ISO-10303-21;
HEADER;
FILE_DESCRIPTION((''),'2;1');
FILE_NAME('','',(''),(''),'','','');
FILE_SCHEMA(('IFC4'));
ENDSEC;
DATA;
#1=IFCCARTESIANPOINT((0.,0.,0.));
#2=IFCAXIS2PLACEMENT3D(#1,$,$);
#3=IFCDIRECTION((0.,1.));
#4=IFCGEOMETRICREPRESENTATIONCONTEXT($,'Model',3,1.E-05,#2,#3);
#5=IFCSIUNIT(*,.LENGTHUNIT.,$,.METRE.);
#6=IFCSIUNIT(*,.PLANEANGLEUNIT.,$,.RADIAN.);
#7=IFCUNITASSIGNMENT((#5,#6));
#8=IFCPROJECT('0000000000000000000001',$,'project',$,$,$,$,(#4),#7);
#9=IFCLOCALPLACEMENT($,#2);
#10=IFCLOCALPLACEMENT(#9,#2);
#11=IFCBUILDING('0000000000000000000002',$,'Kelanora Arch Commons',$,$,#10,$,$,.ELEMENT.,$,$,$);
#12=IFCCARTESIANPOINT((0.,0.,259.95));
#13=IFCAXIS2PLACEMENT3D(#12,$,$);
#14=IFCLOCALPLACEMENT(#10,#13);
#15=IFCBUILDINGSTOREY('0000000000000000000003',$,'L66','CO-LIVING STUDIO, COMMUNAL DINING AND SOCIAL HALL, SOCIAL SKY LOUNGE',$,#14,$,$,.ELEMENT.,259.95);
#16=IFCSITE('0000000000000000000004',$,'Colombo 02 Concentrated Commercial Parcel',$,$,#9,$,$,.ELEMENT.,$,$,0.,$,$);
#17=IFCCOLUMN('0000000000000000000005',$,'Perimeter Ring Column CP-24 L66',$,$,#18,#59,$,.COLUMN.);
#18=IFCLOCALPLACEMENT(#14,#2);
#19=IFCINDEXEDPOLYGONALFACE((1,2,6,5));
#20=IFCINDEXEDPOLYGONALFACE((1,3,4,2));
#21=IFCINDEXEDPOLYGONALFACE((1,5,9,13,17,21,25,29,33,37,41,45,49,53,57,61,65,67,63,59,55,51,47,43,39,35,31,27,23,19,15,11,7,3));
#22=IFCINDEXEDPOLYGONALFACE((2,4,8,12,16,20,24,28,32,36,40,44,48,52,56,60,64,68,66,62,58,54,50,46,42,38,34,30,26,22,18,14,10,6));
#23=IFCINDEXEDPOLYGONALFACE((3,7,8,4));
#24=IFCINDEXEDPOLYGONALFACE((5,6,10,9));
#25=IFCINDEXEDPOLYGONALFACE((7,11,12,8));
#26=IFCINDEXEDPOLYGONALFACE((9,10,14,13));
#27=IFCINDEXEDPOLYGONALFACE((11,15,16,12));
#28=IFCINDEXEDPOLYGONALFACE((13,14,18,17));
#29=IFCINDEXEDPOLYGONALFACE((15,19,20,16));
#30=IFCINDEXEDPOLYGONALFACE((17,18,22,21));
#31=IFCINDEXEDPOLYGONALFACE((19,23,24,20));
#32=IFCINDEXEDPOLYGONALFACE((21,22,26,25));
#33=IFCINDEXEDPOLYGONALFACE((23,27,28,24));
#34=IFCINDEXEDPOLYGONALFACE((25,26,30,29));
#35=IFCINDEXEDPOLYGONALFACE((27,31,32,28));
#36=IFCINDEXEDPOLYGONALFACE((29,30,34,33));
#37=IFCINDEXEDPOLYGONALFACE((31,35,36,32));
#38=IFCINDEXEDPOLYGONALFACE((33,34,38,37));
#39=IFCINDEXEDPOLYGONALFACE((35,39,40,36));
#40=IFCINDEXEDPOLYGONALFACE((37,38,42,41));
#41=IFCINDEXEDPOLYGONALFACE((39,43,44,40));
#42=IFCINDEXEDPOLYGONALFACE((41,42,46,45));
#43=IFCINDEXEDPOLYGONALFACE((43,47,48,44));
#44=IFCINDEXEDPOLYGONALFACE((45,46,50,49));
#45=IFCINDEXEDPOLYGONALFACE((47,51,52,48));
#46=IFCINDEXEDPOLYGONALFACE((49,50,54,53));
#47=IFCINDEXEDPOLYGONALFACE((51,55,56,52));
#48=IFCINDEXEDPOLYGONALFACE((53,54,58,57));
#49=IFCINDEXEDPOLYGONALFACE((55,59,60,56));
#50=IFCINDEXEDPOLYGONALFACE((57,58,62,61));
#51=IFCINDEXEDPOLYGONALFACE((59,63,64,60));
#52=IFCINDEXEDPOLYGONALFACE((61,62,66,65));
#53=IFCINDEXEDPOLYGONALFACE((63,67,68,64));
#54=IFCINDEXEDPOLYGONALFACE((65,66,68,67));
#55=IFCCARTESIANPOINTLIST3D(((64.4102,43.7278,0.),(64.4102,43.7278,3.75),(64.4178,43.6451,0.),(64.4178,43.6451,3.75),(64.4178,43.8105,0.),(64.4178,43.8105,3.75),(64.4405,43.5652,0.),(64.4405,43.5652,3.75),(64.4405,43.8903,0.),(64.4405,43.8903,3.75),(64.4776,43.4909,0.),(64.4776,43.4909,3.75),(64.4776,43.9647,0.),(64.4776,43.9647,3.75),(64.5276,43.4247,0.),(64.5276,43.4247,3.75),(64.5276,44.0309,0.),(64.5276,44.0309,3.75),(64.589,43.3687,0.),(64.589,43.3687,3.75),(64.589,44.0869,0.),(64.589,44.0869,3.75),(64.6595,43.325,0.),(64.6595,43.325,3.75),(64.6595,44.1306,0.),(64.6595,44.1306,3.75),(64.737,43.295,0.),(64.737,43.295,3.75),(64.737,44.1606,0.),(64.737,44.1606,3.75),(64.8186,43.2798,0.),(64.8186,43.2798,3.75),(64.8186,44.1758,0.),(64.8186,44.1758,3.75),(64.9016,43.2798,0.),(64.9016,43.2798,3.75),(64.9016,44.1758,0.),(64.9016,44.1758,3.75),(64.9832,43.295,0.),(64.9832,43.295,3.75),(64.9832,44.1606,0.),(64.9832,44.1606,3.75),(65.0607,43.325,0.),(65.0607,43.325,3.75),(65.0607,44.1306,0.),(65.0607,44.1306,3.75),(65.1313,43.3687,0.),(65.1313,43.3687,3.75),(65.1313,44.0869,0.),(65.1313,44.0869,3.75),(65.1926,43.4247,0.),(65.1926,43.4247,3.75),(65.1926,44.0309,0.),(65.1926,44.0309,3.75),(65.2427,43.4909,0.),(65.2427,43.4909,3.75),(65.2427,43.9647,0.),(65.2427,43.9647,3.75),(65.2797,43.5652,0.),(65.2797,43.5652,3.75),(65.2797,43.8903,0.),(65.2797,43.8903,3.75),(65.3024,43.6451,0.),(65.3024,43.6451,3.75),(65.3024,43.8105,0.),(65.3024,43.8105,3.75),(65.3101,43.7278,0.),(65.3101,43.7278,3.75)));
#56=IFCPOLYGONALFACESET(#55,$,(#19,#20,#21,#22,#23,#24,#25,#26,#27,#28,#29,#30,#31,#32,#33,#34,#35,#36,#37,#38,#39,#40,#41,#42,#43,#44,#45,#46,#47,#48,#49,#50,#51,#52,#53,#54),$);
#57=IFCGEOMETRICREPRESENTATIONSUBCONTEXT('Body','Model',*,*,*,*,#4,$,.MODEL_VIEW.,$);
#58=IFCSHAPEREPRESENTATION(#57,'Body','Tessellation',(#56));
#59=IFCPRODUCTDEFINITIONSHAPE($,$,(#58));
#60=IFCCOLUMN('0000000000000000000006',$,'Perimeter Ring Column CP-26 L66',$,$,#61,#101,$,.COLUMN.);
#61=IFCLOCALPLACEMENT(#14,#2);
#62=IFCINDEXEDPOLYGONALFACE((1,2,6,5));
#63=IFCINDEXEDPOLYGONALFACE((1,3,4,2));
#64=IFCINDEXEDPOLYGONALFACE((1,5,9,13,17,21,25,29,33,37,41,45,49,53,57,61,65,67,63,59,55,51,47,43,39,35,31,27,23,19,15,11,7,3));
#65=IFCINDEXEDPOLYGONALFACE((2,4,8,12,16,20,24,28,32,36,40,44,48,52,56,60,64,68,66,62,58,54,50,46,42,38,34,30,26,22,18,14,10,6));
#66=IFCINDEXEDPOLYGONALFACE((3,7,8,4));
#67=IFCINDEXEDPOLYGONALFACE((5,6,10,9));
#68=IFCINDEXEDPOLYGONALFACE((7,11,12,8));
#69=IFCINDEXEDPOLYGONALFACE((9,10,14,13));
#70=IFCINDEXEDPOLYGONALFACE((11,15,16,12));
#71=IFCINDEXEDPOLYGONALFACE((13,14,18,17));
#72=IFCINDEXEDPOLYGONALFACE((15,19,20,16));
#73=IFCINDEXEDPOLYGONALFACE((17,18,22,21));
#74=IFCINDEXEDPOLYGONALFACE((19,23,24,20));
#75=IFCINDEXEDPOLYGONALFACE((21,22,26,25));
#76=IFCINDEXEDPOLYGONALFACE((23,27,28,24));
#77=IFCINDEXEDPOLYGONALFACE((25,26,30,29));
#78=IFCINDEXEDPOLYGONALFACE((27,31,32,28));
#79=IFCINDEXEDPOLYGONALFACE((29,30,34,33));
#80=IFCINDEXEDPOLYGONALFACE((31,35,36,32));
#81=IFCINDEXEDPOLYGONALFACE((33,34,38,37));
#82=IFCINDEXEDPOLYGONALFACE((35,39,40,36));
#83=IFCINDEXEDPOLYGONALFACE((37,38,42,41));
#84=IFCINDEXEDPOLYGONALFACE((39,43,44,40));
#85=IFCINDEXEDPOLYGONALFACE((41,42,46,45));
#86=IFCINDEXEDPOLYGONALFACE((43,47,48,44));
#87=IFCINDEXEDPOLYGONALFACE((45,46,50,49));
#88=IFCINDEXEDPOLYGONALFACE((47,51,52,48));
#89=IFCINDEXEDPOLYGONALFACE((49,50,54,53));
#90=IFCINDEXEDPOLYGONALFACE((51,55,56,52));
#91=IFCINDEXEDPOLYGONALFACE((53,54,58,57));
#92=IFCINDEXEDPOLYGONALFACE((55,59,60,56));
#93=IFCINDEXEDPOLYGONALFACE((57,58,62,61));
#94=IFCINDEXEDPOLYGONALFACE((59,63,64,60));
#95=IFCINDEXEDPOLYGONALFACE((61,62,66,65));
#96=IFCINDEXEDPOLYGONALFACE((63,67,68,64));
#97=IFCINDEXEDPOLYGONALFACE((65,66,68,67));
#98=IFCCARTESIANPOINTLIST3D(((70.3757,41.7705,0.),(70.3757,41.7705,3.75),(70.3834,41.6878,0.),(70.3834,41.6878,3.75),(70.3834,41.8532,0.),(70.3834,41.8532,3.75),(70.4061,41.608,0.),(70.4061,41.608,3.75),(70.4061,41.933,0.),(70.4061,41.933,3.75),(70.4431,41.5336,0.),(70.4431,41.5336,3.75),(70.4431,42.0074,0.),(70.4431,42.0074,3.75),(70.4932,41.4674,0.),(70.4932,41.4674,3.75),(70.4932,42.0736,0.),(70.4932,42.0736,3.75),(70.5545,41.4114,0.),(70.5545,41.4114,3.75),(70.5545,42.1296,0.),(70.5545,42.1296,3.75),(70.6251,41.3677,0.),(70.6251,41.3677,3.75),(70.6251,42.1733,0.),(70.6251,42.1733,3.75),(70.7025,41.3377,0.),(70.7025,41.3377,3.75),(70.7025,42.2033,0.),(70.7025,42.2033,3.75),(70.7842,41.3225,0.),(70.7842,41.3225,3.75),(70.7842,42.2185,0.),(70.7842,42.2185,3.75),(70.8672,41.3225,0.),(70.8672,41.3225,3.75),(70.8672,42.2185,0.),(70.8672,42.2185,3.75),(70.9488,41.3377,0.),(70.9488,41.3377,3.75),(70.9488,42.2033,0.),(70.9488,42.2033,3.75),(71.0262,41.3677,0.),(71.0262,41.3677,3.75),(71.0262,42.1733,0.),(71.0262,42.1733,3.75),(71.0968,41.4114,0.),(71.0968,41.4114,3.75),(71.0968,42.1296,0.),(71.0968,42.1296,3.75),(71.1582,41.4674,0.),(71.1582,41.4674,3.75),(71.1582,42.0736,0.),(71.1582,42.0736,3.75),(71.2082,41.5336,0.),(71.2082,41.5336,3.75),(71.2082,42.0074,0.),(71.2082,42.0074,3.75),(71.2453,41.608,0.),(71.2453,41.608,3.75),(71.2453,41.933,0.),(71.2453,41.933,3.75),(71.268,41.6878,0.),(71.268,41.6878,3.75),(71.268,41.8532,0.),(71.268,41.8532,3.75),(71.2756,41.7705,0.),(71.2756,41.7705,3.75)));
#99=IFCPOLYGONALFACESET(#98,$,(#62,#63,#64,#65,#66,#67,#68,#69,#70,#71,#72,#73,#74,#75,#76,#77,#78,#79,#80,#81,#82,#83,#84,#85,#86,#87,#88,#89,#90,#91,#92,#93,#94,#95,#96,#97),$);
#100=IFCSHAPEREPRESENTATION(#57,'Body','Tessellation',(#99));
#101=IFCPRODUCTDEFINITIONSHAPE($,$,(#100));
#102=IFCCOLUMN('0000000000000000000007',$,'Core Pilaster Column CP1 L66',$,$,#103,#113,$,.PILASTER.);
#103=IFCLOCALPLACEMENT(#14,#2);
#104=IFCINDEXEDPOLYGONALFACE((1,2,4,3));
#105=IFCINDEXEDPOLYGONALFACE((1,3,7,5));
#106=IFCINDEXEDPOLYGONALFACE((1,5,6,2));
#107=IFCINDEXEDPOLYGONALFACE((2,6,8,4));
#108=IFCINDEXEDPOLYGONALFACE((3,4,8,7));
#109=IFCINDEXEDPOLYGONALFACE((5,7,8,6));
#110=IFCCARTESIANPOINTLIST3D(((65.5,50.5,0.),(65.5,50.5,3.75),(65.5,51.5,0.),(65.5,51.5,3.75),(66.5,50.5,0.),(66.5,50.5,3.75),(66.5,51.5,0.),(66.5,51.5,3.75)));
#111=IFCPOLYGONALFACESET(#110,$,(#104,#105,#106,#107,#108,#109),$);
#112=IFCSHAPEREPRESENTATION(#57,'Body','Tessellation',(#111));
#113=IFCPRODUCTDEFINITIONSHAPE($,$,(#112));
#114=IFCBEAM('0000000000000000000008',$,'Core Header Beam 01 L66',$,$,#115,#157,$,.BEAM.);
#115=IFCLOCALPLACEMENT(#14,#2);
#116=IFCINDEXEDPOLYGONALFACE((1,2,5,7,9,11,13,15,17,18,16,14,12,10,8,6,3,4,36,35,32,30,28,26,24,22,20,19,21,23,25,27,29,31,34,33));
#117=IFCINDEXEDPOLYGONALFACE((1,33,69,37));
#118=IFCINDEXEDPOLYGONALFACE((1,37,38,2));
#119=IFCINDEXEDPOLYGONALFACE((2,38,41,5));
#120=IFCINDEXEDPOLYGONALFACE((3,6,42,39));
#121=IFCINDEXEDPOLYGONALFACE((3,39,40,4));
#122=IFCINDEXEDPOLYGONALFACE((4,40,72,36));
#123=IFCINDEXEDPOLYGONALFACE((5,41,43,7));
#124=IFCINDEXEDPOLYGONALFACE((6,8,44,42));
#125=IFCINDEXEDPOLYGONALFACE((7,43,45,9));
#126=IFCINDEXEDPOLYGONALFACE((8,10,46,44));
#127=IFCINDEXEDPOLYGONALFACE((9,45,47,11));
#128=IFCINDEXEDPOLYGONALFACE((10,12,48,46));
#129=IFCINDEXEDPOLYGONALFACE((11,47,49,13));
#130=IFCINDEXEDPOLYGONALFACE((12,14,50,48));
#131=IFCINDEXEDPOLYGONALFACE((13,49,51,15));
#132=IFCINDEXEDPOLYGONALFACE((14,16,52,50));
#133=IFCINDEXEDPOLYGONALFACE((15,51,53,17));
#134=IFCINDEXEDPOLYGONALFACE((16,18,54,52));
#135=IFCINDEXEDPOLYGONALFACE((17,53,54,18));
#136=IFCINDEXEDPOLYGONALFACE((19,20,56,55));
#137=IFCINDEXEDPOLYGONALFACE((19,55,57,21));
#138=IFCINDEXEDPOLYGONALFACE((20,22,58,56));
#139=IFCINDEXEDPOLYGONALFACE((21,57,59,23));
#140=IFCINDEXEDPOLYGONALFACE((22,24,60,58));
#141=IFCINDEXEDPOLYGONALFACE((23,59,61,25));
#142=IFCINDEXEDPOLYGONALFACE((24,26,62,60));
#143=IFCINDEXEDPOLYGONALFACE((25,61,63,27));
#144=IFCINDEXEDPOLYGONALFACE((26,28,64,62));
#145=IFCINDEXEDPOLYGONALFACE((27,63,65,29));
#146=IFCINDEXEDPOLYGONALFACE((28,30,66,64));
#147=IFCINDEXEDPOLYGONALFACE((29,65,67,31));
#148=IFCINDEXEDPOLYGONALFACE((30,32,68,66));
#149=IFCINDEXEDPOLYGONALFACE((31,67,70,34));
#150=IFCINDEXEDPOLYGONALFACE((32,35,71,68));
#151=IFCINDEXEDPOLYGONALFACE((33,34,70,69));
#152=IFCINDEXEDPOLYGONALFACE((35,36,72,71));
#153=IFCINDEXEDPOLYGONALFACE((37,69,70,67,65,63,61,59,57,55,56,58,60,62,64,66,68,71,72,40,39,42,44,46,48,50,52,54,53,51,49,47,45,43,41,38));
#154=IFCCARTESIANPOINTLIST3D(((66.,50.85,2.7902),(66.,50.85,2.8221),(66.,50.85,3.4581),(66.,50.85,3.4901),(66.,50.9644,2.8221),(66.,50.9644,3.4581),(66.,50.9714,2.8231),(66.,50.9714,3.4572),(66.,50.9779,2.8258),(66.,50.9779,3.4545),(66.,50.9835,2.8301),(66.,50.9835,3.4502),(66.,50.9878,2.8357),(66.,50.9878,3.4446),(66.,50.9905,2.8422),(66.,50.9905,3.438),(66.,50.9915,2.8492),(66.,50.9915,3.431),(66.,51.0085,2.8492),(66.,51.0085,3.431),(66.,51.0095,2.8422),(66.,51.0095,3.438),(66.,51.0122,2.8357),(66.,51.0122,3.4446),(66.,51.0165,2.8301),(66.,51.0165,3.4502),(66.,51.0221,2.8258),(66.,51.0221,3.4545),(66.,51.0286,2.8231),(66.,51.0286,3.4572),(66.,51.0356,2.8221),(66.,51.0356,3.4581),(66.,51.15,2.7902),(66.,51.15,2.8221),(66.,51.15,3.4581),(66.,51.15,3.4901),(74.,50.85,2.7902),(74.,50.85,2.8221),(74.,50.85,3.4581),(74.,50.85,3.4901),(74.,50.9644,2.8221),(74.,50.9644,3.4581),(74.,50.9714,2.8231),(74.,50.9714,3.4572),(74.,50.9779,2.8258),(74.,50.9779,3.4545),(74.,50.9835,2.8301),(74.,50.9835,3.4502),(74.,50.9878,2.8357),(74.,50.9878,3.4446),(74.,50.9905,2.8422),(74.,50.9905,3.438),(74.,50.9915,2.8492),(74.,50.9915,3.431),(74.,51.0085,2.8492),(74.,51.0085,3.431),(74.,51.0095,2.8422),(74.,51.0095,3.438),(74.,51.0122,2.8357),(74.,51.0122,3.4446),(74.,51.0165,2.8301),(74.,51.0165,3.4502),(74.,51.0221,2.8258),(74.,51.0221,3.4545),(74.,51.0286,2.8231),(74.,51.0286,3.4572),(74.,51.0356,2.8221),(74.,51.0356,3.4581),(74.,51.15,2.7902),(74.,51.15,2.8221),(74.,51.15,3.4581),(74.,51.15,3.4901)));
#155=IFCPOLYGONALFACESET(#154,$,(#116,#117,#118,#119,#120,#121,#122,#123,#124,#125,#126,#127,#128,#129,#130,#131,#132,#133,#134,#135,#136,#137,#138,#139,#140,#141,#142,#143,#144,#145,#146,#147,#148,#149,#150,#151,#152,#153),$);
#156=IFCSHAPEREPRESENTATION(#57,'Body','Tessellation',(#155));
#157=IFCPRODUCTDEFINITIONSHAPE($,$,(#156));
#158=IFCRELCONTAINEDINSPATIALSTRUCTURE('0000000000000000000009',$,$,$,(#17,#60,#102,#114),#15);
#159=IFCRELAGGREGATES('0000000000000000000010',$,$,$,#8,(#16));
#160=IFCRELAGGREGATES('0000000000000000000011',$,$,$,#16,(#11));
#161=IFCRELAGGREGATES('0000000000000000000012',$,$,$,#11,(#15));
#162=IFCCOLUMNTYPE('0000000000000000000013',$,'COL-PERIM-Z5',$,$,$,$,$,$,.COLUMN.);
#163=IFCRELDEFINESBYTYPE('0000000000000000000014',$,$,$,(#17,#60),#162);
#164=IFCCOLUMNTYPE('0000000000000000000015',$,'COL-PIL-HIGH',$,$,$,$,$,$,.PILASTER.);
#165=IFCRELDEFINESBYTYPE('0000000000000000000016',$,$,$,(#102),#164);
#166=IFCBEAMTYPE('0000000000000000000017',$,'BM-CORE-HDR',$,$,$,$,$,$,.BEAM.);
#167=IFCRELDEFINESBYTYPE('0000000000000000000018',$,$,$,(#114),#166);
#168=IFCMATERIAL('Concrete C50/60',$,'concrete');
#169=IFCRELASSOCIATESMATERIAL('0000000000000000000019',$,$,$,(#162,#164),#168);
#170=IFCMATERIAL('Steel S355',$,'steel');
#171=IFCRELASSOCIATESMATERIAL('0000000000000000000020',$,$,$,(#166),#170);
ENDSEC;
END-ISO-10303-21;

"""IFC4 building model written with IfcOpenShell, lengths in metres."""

from ifc_helpers import new_model, si_unit, direction, frame, origin, origin_2d, place, context, subcontext, project, spatial, rectangle, circle, i_section, extrude, material, material_profile, profile_set, type_object, element, save


model = new_model("IFC4")

# Units and contexts
model_context = context("Model", 3, precision=1e-05, world=origin(), true_north=direction((0.0, 1.0)))
body_context = subcontext(model_context, "Body", "Model", "MODEL_VIEW")
ifc_project = project(units=[si_unit("LENGTHUNIT", "METRE"), si_unit("PLANEANGLEUNIT", "RADIAN")], contexts=[model_context])

# Site, building, storey
site_placement = place(None, origin())
site = spatial("IfcSite", under=ifc_project, at=site_placement, Name="Colombo 02 Concentrated Commercial Parcel", CompositionType="ELEMENT", RefElevation=0.0)
building_placement = place(site_placement, origin())
building = spatial("IfcBuilding", under=site, at=building_placement, Name="Kelanora Arch Commons", CompositionType="ELEMENT")
storey_placement = place(building_placement, frame((0.0, 0.0, 259.95)))
storey = spatial("IfcBuildingStorey", under=building, at=storey_placement, Name="L66", Description="CO-LIVING STUDIO, COMMUNAL DINING AND SOCIAL HALL, SOCIAL SKY LOUNGE", CompositionType="ELEMENT", Elevation=259.95)

# Columns
ifc_material_1 = material(Name="Concrete C50/60", Category="concrete")
ifc_material_profile_1 = material_profile(ifc_material_1, circle(Radius=0.45, at=origin_2d()), Name="RCC900")
ifc_profile_set_1 = profile_set([ifc_material_profile_1], Name="Concrete C50/60")
column_type_1 = type_object("IfcColumnType", Name="COL-PERIM-Z5", PredefinedType="COLUMN", material=ifc_profile_set_1)
for number, where, z_axis, x_axis, name in (
    (1, (64.8601, 43.7278, 0.0), (0.0, 0.0, 1.0), (1.0, 0.0, 0.0), "Perimeter Ring Column CP-24 L66"),
    (2, (70.8257, 41.7705, 0.0), (0.0, 0.0, 1.0), (1.0, 0.0, 0.0), "Perimeter Ring Column CP-26 L66"),
):
    element("IfcColumn", number, at=place(storey_placement, frame(where, z_axis=z_axis, x_axis=x_axis)), inside=storey, type_object=column_type_1, Name=name, PredefinedType="COLUMN", context=body_context, shape_type="SweptSolid", body=[
        extrude(circle(Radius=0.45, at=origin_2d()), origin(), (0.0, 0.0, 1.0), 3.75),
    ])
ifc_material_profile_2 = material_profile(ifc_material_1, rectangle(XDim=1.0, YDim=1.0, at=origin_2d()), Name="RC1000x1000")
ifc_profile_set_2 = profile_set([ifc_material_profile_2], Name="Concrete C50/60")
column_type_2 = type_object("IfcColumnType", Name="COL-PIL-HIGH", PredefinedType="PILASTER", material=ifc_profile_set_2)
column_placement = place(storey_placement, frame((66.0, 51.0, 0.0), z_axis=(0.0, 0.0, 1.0), x_axis=(1.0, 0.0, 0.0)))
element("IfcColumn", 3, at=column_placement, inside=storey, type_object=column_type_2, Name="Core Pilaster Column CP1 L66", PredefinedType="PILASTER", context=body_context, shape_type="SweptSolid", body=[
    extrude(rectangle(XDim=1.0, YDim=1.0, at=origin_2d()), origin(), (0.0, 0.0, 1.0), 3.75),
])

# Beam
ifc_material_2 = material(Name="Steel S355", Category="steel")
ifc_material_profile_3 = material_profile(ifc_material_2, i_section(OverallWidth=0.3, OverallDepth=0.7, WebThickness=0.0171, FlangeThickness=0.032, FilletRadius=0.0271, at=origin_2d()), Name="HEB700")
ifc_profile_set_3 = profile_set([ifc_material_profile_3], Name="Steel S355")
beam_type_1 = type_object("IfcBeamType", Name="BM-CORE-HDR", PredefinedType="BEAM", material=ifc_profile_set_3)
beam_1_placement = place(storey_placement, frame((66.0, 51.0, 3.1401), z_axis=(1.0, 0.0, 0.0), x_axis=(0.0, 1.0, 0.0)))
element("IfcBeam", 4, at=beam_1_placement, inside=storey, type_object=beam_type_1, Name="Core Header Beam 01 L66", PredefinedType="BEAM", context=body_context, shape_type="SweptSolid", body=[
    extrude(i_section(OverallWidth=0.3, OverallDepth=0.7, WebThickness=0.0171, FlangeThickness=0.032, FilletRadius=0.0271, at=origin_2d()), origin(), (0.0, 0.0, 1.0), 8.0),
])

save(model, "model.ifc")
